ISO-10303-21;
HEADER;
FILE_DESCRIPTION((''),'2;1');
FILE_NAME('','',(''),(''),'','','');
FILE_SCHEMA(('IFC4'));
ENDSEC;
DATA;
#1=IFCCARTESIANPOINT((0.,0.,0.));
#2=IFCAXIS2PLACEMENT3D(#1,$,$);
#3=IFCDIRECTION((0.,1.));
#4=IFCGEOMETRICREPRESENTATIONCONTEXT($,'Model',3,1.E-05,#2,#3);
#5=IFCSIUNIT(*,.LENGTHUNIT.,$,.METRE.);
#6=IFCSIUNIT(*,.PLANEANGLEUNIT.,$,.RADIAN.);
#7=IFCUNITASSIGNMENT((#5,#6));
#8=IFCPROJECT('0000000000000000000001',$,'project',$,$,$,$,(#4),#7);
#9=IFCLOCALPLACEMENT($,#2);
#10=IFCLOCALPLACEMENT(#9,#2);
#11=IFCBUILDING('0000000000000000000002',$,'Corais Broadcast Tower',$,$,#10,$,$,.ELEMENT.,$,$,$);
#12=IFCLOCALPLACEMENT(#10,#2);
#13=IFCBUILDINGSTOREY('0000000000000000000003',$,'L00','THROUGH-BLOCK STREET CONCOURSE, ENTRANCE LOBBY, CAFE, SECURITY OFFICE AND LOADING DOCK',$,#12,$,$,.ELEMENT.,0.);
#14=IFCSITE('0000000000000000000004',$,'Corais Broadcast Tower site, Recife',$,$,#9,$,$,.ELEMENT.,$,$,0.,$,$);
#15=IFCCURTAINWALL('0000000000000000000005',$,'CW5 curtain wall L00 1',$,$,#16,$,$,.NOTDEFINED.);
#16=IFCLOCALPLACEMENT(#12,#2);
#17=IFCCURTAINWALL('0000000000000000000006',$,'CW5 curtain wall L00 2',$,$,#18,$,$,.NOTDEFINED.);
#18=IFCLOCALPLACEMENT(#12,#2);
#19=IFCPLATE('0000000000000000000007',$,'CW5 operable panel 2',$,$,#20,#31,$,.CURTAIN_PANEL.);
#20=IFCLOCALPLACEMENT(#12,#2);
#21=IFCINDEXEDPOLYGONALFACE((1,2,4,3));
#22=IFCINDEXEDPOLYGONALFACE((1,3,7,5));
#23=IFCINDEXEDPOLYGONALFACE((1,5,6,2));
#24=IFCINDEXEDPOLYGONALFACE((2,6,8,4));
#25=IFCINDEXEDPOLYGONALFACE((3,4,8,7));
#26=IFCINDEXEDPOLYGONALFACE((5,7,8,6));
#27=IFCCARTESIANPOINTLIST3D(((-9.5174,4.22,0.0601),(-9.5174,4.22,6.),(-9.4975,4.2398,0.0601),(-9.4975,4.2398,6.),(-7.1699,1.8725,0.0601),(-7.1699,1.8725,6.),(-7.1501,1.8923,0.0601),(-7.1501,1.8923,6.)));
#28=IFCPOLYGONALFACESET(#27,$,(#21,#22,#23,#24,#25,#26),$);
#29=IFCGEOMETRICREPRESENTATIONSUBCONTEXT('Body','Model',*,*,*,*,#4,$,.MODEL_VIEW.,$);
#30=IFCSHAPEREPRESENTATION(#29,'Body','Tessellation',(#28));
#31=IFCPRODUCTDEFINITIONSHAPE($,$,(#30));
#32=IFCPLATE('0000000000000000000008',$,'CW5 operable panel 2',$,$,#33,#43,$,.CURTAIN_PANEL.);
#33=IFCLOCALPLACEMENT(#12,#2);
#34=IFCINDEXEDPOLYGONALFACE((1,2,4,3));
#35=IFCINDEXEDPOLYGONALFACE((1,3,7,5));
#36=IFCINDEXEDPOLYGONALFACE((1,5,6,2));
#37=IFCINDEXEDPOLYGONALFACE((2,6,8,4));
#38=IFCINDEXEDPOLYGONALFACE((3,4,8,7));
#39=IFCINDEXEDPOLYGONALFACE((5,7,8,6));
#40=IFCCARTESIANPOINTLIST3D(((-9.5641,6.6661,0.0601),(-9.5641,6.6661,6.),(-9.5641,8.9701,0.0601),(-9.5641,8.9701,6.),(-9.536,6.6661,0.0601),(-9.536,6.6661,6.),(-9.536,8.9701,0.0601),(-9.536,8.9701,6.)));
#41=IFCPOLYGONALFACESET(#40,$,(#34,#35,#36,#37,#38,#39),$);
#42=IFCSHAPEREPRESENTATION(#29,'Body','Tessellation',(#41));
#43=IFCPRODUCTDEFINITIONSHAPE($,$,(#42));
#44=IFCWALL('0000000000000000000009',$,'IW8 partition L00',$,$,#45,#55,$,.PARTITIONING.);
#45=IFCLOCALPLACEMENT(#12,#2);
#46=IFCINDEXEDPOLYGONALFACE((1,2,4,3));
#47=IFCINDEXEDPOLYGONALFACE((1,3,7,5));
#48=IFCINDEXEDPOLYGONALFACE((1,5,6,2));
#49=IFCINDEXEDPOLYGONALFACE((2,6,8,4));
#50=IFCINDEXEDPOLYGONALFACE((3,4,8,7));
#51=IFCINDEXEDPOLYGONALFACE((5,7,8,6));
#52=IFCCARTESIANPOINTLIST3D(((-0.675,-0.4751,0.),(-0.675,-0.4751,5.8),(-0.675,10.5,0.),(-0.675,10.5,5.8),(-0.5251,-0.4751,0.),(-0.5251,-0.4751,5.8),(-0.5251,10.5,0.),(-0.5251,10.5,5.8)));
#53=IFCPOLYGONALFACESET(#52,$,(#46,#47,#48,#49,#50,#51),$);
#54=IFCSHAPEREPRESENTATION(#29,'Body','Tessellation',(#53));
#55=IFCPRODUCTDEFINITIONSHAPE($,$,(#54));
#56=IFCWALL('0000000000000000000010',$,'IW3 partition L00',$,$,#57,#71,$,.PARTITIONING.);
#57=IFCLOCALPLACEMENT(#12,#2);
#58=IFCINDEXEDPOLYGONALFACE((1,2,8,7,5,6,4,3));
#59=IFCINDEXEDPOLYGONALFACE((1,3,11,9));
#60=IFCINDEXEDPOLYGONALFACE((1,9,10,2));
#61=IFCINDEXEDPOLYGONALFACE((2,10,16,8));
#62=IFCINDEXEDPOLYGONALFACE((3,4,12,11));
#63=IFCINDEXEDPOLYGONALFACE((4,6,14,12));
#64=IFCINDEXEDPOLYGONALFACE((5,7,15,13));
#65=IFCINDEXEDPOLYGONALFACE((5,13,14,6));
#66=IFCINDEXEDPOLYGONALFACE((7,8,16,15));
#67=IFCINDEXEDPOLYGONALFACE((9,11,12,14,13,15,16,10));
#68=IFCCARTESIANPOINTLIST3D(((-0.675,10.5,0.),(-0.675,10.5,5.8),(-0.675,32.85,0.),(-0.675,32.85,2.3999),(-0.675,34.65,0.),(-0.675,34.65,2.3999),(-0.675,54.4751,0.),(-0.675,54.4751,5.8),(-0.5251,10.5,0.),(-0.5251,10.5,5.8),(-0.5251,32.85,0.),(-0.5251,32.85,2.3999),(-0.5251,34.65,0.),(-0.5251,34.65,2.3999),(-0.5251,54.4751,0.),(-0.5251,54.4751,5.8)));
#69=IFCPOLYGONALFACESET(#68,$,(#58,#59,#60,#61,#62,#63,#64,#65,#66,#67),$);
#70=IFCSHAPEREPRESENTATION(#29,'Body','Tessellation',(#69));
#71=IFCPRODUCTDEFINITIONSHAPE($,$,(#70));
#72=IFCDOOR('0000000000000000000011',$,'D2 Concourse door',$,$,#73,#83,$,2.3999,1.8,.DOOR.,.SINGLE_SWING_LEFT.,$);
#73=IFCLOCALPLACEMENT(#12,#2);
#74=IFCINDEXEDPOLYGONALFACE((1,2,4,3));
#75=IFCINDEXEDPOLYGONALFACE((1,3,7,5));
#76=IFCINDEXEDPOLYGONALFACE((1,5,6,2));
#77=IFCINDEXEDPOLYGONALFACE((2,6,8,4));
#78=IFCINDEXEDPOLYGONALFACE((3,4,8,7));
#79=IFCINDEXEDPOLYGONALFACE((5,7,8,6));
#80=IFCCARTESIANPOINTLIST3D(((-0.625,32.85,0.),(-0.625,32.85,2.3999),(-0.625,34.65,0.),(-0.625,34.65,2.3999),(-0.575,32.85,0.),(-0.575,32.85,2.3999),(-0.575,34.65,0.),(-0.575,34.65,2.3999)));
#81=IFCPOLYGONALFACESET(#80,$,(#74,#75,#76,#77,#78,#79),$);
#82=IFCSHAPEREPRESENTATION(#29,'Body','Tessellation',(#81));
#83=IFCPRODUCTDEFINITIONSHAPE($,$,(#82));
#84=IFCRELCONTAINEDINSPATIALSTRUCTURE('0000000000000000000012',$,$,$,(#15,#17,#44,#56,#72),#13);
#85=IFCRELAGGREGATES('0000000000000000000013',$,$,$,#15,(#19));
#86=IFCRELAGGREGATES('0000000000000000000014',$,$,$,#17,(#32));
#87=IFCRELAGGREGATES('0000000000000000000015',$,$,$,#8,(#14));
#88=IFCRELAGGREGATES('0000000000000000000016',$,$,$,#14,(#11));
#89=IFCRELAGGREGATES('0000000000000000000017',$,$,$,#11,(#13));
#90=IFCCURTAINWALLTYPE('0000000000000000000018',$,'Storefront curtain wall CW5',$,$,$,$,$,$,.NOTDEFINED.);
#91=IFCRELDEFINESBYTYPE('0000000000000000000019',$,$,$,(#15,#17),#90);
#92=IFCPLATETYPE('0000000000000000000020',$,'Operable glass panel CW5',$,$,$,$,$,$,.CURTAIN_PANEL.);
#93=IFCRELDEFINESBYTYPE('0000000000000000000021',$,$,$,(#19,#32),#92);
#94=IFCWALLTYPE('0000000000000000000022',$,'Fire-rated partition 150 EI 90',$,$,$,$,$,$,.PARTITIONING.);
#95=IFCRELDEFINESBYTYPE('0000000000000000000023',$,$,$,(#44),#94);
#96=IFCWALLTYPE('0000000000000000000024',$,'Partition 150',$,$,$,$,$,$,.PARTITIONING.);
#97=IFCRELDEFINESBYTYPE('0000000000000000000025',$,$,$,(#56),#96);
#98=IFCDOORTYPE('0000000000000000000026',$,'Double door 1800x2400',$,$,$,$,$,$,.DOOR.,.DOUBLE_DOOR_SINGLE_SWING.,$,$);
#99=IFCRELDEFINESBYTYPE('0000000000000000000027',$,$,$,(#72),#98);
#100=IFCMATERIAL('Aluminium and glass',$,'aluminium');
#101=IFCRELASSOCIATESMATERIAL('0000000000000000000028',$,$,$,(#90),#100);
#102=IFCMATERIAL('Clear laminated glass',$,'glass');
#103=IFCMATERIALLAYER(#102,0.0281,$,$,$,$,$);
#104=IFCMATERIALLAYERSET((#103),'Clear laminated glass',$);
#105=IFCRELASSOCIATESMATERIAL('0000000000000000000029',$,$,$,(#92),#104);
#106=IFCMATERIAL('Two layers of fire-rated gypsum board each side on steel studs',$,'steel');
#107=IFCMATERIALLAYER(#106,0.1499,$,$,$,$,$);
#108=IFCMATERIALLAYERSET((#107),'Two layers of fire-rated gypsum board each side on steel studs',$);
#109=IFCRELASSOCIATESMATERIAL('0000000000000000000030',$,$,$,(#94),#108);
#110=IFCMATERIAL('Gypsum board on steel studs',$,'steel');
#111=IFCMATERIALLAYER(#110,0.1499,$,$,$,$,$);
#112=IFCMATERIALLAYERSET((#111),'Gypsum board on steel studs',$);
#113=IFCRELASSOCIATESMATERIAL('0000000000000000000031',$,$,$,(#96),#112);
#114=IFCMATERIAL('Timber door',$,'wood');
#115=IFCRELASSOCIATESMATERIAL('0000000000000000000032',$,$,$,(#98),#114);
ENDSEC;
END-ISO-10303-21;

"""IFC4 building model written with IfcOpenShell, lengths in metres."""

from ifc_helpers import new_model, si_unit, direction, frame, frame_2d, origin, origin_2d, place, context, subcontext, project, spatial, rectangle, extrude, material, layer, layer_set, type_object, element, fill, aggregate, save


model = new_model("IFC4")

# Units and contexts
model_context = context("Model", 3, precision=1e-05, world=origin(), true_north=direction((0.0, 1.0)))
body_context = subcontext(model_context, "Body", "Model", "MODEL_VIEW")
ifc_project = project(units=[si_unit("LENGTHUNIT", "METRE"), si_unit("PLANEANGLEUNIT", "RADIAN")], contexts=[model_context])

# Site, building, storey
site_placement = place(None, origin())
site = spatial("IfcSite", under=ifc_project, at=site_placement, Name="Corais Broadcast Tower site, Recife", CompositionType="ELEMENT", RefElevation=0.0)
building_placement = place(site_placement, origin())
building = spatial("IfcBuilding", under=site, at=building_placement, Name="Corais Broadcast Tower", CompositionType="ELEMENT")
storey_placement = place(building_placement, origin())
storey = spatial("IfcBuildingStorey", under=building, at=storey_placement, Name="L00", Description="THROUGH-BLOCK STREET CONCOURSE, ENTRANCE LOBBY, CAFE, SECURITY OFFICE AND LOADING DOCK", CompositionType="ELEMENT", Elevation=0.0)

# Curtain wall
ifc_material_1 = material(Name="Aluminium and glass", Category="aluminium")
curtain_wall_type = type_object("IfcCurtainWallType", Name="Storefront curtain wall CW5", PredefinedType="NOTDEFINED", material=ifc_material_1)
curtain_wall_1_placement = place(storey_placement, origin())
curtain_wall_1 = element("IfcCurtainWall", 1, at=curtain_wall_1_placement, inside=storey, type_object=curtain_wall_type, Name="CW5 curtain wall L00 1", PredefinedType="NOTDEFINED")

# Curtain wall
curtain_wall_2_placement = place(storey_placement, origin())
curtain_wall_2 = element("IfcCurtainWall", 2, at=curtain_wall_2_placement, inside=storey, type_object=curtain_wall_type, Name="CW5 curtain wall L00 2", PredefinedType="NOTDEFINED")

# Plates
ifc_material_2 = material(Name="Clear laminated glass", Category="glass")
ifc_layer_1 = layer(ifc_material_2, 0.0281)
ifc_layer_set_1 = layer_set([ifc_layer_1], Name="Clear laminated glass")
plate_type_1 = type_object("IfcPlateType", Name="Operable glass panel CW5", PredefinedType="CURTAIN_PANEL", material=ifc_layer_set_1)
plate_1_placement = place(storey_placement, frame((-8.3337, 3.0562, 0.0601), z_axis=(0.0, 0.0, 1.0), x_axis=(-0.707107, 0.707107, 0.0)))
plate_1 = element("IfcPlate", 3, at=plate_1_placement, type_object=plate_type_1, Name="CW5 operable panel 2", PredefinedType="CURTAIN_PANEL", context=body_context, shape_type="SweptSolid", body=[
    extrude(rectangle(XDim=3.3198, YDim=0.0281, at=origin_2d()), origin(), (0.0, 0.0, 1.0), 5.9399),
])
aggregate(curtain_wall_1, [plate_1])
plate_2_placement = place(storey_placement, frame((-9.55, 7.8181, 0.0601), z_axis=(0.0, 0.0, 1.0), x_axis=(0.0, 1.0, 0.0)))
plate_2 = element("IfcPlate", 4, at=plate_2_placement, type_object=plate_type_1, Name="CW5 operable panel 2", PredefinedType="CURTAIN_PANEL", context=body_context, shape_type="SweptSolid", body=[
    extrude(rectangle(XDim=2.304, YDim=0.0281, at=origin_2d()), origin(), (0.0, 0.0, 1.0), 5.9399),
])
aggregate(curtain_wall_2, [plate_2])

# Wall
ifc_material_3 = material(Name="Two layers of fire-rated gypsum board each side on steel studs", Category="steel")
ifc_layer_2 = layer(ifc_material_3, 0.1499)
ifc_layer_set_2 = layer_set([ifc_layer_2], Name="Two layers of fire-rated gypsum board each side on steel studs")
wall_type_1 = type_object("IfcWallType", Name="Fire-rated partition 150 EI 90", PredefinedType="PARTITIONING", material=ifc_layer_set_2)
wall_1_placement = place(storey_placement, frame((-0.6001, 10.5, 0.0), z_axis=(0.0, 0.0, 1.0), x_axis=(0.0, -1.0, 0.0)))
element("IfcWall", 5, at=wall_1_placement, inside=storey, type_object=wall_type_1, Name="IW8 partition L00", PredefinedType="PARTITIONING", context=body_context, shape_type="SweptSolid", body=[
    extrude(rectangle(XDim=10.9751, YDim=0.1499, at=frame_2d((5.4875, 0.0))), origin(), (0.0, 0.0, 1.0), 5.8),
])

# Wall, opening, door
ifc_material_4 = material(Name="Gypsum board on steel studs", Category="steel")
ifc_layer_3 = layer(ifc_material_4, 0.1499)
ifc_layer_set_3 = layer_set([ifc_layer_3], Name="Gypsum board on steel studs")
wall_type_2 = type_object("IfcWallType", Name="Partition 150", PredefinedType="PARTITIONING", material=ifc_layer_set_3)
wall_2_placement = place(storey_placement, frame((-0.6001, 10.5, 0.0), z_axis=(0.0, 0.0, 1.0), x_axis=(0.0, 1.0, 0.0)))
wall_2 = element("IfcWall", 6, at=wall_2_placement, inside=storey, type_object=wall_type_2, Name="IW3 partition L00", PredefinedType="PARTITIONING", context=body_context, shape_type="SweptSolid", body=[
    extrude(rectangle(XDim=43.9751, YDim=0.1499, at=frame_2d((21.9875, 0.0))), origin(), (0.0, 0.0, 1.0), 5.8),
])
opening_placement = place(wall_2_placement, frame((22.3501, 0.0, 0.0)))
opening = element("IfcOpeningElement", 7, at=opening_placement, cuts=wall_2, PredefinedType="OPENING", context=body_context, shape_type="SweptSolid", body=[
    extrude(rectangle(XDim=1.8, YDim=2.3999, at=frame_2d((0.8999, 1.2))), frame((0.0, 0.085, 0.0), z_axis=(0.0, -1.0, 0.0), x_axis=(1.0, 0.0, 0.0)), (0.0, 0.0, 1.0), 0.1699),
])
ifc_material_5 = material(Name="Timber door", Category="wood")
door_type = type_object("IfcDoorType", Name="Double door 1800x2400", OperationType="DOUBLE_DOOR_SINGLE_SWING", PredefinedType="DOOR", material=ifc_material_5)
door_placement = place(opening_placement, origin())
door = element("IfcDoor", 8, at=door_placement, inside=storey, type_object=door_type, Name="D2 Concourse door", OperationType="SINGLE_SWING_LEFT", OverallHeight=2.3999, OverallWidth=1.8, PredefinedType="DOOR", context=body_context, shape_type="SweptSolid", body=[
    extrude(rectangle(XDim=1.8, YDim=2.3999, at=frame_2d((0.8999, 1.2))), frame((0.0, 0.0249, 0.0), z_axis=(0.0, -1.0, 0.0), x_axis=(1.0, 0.0, 0.0)), (0.0, 0.0, 1.0), 0.05),
])
fill(opening, door)

save(model, "model.ifc")
